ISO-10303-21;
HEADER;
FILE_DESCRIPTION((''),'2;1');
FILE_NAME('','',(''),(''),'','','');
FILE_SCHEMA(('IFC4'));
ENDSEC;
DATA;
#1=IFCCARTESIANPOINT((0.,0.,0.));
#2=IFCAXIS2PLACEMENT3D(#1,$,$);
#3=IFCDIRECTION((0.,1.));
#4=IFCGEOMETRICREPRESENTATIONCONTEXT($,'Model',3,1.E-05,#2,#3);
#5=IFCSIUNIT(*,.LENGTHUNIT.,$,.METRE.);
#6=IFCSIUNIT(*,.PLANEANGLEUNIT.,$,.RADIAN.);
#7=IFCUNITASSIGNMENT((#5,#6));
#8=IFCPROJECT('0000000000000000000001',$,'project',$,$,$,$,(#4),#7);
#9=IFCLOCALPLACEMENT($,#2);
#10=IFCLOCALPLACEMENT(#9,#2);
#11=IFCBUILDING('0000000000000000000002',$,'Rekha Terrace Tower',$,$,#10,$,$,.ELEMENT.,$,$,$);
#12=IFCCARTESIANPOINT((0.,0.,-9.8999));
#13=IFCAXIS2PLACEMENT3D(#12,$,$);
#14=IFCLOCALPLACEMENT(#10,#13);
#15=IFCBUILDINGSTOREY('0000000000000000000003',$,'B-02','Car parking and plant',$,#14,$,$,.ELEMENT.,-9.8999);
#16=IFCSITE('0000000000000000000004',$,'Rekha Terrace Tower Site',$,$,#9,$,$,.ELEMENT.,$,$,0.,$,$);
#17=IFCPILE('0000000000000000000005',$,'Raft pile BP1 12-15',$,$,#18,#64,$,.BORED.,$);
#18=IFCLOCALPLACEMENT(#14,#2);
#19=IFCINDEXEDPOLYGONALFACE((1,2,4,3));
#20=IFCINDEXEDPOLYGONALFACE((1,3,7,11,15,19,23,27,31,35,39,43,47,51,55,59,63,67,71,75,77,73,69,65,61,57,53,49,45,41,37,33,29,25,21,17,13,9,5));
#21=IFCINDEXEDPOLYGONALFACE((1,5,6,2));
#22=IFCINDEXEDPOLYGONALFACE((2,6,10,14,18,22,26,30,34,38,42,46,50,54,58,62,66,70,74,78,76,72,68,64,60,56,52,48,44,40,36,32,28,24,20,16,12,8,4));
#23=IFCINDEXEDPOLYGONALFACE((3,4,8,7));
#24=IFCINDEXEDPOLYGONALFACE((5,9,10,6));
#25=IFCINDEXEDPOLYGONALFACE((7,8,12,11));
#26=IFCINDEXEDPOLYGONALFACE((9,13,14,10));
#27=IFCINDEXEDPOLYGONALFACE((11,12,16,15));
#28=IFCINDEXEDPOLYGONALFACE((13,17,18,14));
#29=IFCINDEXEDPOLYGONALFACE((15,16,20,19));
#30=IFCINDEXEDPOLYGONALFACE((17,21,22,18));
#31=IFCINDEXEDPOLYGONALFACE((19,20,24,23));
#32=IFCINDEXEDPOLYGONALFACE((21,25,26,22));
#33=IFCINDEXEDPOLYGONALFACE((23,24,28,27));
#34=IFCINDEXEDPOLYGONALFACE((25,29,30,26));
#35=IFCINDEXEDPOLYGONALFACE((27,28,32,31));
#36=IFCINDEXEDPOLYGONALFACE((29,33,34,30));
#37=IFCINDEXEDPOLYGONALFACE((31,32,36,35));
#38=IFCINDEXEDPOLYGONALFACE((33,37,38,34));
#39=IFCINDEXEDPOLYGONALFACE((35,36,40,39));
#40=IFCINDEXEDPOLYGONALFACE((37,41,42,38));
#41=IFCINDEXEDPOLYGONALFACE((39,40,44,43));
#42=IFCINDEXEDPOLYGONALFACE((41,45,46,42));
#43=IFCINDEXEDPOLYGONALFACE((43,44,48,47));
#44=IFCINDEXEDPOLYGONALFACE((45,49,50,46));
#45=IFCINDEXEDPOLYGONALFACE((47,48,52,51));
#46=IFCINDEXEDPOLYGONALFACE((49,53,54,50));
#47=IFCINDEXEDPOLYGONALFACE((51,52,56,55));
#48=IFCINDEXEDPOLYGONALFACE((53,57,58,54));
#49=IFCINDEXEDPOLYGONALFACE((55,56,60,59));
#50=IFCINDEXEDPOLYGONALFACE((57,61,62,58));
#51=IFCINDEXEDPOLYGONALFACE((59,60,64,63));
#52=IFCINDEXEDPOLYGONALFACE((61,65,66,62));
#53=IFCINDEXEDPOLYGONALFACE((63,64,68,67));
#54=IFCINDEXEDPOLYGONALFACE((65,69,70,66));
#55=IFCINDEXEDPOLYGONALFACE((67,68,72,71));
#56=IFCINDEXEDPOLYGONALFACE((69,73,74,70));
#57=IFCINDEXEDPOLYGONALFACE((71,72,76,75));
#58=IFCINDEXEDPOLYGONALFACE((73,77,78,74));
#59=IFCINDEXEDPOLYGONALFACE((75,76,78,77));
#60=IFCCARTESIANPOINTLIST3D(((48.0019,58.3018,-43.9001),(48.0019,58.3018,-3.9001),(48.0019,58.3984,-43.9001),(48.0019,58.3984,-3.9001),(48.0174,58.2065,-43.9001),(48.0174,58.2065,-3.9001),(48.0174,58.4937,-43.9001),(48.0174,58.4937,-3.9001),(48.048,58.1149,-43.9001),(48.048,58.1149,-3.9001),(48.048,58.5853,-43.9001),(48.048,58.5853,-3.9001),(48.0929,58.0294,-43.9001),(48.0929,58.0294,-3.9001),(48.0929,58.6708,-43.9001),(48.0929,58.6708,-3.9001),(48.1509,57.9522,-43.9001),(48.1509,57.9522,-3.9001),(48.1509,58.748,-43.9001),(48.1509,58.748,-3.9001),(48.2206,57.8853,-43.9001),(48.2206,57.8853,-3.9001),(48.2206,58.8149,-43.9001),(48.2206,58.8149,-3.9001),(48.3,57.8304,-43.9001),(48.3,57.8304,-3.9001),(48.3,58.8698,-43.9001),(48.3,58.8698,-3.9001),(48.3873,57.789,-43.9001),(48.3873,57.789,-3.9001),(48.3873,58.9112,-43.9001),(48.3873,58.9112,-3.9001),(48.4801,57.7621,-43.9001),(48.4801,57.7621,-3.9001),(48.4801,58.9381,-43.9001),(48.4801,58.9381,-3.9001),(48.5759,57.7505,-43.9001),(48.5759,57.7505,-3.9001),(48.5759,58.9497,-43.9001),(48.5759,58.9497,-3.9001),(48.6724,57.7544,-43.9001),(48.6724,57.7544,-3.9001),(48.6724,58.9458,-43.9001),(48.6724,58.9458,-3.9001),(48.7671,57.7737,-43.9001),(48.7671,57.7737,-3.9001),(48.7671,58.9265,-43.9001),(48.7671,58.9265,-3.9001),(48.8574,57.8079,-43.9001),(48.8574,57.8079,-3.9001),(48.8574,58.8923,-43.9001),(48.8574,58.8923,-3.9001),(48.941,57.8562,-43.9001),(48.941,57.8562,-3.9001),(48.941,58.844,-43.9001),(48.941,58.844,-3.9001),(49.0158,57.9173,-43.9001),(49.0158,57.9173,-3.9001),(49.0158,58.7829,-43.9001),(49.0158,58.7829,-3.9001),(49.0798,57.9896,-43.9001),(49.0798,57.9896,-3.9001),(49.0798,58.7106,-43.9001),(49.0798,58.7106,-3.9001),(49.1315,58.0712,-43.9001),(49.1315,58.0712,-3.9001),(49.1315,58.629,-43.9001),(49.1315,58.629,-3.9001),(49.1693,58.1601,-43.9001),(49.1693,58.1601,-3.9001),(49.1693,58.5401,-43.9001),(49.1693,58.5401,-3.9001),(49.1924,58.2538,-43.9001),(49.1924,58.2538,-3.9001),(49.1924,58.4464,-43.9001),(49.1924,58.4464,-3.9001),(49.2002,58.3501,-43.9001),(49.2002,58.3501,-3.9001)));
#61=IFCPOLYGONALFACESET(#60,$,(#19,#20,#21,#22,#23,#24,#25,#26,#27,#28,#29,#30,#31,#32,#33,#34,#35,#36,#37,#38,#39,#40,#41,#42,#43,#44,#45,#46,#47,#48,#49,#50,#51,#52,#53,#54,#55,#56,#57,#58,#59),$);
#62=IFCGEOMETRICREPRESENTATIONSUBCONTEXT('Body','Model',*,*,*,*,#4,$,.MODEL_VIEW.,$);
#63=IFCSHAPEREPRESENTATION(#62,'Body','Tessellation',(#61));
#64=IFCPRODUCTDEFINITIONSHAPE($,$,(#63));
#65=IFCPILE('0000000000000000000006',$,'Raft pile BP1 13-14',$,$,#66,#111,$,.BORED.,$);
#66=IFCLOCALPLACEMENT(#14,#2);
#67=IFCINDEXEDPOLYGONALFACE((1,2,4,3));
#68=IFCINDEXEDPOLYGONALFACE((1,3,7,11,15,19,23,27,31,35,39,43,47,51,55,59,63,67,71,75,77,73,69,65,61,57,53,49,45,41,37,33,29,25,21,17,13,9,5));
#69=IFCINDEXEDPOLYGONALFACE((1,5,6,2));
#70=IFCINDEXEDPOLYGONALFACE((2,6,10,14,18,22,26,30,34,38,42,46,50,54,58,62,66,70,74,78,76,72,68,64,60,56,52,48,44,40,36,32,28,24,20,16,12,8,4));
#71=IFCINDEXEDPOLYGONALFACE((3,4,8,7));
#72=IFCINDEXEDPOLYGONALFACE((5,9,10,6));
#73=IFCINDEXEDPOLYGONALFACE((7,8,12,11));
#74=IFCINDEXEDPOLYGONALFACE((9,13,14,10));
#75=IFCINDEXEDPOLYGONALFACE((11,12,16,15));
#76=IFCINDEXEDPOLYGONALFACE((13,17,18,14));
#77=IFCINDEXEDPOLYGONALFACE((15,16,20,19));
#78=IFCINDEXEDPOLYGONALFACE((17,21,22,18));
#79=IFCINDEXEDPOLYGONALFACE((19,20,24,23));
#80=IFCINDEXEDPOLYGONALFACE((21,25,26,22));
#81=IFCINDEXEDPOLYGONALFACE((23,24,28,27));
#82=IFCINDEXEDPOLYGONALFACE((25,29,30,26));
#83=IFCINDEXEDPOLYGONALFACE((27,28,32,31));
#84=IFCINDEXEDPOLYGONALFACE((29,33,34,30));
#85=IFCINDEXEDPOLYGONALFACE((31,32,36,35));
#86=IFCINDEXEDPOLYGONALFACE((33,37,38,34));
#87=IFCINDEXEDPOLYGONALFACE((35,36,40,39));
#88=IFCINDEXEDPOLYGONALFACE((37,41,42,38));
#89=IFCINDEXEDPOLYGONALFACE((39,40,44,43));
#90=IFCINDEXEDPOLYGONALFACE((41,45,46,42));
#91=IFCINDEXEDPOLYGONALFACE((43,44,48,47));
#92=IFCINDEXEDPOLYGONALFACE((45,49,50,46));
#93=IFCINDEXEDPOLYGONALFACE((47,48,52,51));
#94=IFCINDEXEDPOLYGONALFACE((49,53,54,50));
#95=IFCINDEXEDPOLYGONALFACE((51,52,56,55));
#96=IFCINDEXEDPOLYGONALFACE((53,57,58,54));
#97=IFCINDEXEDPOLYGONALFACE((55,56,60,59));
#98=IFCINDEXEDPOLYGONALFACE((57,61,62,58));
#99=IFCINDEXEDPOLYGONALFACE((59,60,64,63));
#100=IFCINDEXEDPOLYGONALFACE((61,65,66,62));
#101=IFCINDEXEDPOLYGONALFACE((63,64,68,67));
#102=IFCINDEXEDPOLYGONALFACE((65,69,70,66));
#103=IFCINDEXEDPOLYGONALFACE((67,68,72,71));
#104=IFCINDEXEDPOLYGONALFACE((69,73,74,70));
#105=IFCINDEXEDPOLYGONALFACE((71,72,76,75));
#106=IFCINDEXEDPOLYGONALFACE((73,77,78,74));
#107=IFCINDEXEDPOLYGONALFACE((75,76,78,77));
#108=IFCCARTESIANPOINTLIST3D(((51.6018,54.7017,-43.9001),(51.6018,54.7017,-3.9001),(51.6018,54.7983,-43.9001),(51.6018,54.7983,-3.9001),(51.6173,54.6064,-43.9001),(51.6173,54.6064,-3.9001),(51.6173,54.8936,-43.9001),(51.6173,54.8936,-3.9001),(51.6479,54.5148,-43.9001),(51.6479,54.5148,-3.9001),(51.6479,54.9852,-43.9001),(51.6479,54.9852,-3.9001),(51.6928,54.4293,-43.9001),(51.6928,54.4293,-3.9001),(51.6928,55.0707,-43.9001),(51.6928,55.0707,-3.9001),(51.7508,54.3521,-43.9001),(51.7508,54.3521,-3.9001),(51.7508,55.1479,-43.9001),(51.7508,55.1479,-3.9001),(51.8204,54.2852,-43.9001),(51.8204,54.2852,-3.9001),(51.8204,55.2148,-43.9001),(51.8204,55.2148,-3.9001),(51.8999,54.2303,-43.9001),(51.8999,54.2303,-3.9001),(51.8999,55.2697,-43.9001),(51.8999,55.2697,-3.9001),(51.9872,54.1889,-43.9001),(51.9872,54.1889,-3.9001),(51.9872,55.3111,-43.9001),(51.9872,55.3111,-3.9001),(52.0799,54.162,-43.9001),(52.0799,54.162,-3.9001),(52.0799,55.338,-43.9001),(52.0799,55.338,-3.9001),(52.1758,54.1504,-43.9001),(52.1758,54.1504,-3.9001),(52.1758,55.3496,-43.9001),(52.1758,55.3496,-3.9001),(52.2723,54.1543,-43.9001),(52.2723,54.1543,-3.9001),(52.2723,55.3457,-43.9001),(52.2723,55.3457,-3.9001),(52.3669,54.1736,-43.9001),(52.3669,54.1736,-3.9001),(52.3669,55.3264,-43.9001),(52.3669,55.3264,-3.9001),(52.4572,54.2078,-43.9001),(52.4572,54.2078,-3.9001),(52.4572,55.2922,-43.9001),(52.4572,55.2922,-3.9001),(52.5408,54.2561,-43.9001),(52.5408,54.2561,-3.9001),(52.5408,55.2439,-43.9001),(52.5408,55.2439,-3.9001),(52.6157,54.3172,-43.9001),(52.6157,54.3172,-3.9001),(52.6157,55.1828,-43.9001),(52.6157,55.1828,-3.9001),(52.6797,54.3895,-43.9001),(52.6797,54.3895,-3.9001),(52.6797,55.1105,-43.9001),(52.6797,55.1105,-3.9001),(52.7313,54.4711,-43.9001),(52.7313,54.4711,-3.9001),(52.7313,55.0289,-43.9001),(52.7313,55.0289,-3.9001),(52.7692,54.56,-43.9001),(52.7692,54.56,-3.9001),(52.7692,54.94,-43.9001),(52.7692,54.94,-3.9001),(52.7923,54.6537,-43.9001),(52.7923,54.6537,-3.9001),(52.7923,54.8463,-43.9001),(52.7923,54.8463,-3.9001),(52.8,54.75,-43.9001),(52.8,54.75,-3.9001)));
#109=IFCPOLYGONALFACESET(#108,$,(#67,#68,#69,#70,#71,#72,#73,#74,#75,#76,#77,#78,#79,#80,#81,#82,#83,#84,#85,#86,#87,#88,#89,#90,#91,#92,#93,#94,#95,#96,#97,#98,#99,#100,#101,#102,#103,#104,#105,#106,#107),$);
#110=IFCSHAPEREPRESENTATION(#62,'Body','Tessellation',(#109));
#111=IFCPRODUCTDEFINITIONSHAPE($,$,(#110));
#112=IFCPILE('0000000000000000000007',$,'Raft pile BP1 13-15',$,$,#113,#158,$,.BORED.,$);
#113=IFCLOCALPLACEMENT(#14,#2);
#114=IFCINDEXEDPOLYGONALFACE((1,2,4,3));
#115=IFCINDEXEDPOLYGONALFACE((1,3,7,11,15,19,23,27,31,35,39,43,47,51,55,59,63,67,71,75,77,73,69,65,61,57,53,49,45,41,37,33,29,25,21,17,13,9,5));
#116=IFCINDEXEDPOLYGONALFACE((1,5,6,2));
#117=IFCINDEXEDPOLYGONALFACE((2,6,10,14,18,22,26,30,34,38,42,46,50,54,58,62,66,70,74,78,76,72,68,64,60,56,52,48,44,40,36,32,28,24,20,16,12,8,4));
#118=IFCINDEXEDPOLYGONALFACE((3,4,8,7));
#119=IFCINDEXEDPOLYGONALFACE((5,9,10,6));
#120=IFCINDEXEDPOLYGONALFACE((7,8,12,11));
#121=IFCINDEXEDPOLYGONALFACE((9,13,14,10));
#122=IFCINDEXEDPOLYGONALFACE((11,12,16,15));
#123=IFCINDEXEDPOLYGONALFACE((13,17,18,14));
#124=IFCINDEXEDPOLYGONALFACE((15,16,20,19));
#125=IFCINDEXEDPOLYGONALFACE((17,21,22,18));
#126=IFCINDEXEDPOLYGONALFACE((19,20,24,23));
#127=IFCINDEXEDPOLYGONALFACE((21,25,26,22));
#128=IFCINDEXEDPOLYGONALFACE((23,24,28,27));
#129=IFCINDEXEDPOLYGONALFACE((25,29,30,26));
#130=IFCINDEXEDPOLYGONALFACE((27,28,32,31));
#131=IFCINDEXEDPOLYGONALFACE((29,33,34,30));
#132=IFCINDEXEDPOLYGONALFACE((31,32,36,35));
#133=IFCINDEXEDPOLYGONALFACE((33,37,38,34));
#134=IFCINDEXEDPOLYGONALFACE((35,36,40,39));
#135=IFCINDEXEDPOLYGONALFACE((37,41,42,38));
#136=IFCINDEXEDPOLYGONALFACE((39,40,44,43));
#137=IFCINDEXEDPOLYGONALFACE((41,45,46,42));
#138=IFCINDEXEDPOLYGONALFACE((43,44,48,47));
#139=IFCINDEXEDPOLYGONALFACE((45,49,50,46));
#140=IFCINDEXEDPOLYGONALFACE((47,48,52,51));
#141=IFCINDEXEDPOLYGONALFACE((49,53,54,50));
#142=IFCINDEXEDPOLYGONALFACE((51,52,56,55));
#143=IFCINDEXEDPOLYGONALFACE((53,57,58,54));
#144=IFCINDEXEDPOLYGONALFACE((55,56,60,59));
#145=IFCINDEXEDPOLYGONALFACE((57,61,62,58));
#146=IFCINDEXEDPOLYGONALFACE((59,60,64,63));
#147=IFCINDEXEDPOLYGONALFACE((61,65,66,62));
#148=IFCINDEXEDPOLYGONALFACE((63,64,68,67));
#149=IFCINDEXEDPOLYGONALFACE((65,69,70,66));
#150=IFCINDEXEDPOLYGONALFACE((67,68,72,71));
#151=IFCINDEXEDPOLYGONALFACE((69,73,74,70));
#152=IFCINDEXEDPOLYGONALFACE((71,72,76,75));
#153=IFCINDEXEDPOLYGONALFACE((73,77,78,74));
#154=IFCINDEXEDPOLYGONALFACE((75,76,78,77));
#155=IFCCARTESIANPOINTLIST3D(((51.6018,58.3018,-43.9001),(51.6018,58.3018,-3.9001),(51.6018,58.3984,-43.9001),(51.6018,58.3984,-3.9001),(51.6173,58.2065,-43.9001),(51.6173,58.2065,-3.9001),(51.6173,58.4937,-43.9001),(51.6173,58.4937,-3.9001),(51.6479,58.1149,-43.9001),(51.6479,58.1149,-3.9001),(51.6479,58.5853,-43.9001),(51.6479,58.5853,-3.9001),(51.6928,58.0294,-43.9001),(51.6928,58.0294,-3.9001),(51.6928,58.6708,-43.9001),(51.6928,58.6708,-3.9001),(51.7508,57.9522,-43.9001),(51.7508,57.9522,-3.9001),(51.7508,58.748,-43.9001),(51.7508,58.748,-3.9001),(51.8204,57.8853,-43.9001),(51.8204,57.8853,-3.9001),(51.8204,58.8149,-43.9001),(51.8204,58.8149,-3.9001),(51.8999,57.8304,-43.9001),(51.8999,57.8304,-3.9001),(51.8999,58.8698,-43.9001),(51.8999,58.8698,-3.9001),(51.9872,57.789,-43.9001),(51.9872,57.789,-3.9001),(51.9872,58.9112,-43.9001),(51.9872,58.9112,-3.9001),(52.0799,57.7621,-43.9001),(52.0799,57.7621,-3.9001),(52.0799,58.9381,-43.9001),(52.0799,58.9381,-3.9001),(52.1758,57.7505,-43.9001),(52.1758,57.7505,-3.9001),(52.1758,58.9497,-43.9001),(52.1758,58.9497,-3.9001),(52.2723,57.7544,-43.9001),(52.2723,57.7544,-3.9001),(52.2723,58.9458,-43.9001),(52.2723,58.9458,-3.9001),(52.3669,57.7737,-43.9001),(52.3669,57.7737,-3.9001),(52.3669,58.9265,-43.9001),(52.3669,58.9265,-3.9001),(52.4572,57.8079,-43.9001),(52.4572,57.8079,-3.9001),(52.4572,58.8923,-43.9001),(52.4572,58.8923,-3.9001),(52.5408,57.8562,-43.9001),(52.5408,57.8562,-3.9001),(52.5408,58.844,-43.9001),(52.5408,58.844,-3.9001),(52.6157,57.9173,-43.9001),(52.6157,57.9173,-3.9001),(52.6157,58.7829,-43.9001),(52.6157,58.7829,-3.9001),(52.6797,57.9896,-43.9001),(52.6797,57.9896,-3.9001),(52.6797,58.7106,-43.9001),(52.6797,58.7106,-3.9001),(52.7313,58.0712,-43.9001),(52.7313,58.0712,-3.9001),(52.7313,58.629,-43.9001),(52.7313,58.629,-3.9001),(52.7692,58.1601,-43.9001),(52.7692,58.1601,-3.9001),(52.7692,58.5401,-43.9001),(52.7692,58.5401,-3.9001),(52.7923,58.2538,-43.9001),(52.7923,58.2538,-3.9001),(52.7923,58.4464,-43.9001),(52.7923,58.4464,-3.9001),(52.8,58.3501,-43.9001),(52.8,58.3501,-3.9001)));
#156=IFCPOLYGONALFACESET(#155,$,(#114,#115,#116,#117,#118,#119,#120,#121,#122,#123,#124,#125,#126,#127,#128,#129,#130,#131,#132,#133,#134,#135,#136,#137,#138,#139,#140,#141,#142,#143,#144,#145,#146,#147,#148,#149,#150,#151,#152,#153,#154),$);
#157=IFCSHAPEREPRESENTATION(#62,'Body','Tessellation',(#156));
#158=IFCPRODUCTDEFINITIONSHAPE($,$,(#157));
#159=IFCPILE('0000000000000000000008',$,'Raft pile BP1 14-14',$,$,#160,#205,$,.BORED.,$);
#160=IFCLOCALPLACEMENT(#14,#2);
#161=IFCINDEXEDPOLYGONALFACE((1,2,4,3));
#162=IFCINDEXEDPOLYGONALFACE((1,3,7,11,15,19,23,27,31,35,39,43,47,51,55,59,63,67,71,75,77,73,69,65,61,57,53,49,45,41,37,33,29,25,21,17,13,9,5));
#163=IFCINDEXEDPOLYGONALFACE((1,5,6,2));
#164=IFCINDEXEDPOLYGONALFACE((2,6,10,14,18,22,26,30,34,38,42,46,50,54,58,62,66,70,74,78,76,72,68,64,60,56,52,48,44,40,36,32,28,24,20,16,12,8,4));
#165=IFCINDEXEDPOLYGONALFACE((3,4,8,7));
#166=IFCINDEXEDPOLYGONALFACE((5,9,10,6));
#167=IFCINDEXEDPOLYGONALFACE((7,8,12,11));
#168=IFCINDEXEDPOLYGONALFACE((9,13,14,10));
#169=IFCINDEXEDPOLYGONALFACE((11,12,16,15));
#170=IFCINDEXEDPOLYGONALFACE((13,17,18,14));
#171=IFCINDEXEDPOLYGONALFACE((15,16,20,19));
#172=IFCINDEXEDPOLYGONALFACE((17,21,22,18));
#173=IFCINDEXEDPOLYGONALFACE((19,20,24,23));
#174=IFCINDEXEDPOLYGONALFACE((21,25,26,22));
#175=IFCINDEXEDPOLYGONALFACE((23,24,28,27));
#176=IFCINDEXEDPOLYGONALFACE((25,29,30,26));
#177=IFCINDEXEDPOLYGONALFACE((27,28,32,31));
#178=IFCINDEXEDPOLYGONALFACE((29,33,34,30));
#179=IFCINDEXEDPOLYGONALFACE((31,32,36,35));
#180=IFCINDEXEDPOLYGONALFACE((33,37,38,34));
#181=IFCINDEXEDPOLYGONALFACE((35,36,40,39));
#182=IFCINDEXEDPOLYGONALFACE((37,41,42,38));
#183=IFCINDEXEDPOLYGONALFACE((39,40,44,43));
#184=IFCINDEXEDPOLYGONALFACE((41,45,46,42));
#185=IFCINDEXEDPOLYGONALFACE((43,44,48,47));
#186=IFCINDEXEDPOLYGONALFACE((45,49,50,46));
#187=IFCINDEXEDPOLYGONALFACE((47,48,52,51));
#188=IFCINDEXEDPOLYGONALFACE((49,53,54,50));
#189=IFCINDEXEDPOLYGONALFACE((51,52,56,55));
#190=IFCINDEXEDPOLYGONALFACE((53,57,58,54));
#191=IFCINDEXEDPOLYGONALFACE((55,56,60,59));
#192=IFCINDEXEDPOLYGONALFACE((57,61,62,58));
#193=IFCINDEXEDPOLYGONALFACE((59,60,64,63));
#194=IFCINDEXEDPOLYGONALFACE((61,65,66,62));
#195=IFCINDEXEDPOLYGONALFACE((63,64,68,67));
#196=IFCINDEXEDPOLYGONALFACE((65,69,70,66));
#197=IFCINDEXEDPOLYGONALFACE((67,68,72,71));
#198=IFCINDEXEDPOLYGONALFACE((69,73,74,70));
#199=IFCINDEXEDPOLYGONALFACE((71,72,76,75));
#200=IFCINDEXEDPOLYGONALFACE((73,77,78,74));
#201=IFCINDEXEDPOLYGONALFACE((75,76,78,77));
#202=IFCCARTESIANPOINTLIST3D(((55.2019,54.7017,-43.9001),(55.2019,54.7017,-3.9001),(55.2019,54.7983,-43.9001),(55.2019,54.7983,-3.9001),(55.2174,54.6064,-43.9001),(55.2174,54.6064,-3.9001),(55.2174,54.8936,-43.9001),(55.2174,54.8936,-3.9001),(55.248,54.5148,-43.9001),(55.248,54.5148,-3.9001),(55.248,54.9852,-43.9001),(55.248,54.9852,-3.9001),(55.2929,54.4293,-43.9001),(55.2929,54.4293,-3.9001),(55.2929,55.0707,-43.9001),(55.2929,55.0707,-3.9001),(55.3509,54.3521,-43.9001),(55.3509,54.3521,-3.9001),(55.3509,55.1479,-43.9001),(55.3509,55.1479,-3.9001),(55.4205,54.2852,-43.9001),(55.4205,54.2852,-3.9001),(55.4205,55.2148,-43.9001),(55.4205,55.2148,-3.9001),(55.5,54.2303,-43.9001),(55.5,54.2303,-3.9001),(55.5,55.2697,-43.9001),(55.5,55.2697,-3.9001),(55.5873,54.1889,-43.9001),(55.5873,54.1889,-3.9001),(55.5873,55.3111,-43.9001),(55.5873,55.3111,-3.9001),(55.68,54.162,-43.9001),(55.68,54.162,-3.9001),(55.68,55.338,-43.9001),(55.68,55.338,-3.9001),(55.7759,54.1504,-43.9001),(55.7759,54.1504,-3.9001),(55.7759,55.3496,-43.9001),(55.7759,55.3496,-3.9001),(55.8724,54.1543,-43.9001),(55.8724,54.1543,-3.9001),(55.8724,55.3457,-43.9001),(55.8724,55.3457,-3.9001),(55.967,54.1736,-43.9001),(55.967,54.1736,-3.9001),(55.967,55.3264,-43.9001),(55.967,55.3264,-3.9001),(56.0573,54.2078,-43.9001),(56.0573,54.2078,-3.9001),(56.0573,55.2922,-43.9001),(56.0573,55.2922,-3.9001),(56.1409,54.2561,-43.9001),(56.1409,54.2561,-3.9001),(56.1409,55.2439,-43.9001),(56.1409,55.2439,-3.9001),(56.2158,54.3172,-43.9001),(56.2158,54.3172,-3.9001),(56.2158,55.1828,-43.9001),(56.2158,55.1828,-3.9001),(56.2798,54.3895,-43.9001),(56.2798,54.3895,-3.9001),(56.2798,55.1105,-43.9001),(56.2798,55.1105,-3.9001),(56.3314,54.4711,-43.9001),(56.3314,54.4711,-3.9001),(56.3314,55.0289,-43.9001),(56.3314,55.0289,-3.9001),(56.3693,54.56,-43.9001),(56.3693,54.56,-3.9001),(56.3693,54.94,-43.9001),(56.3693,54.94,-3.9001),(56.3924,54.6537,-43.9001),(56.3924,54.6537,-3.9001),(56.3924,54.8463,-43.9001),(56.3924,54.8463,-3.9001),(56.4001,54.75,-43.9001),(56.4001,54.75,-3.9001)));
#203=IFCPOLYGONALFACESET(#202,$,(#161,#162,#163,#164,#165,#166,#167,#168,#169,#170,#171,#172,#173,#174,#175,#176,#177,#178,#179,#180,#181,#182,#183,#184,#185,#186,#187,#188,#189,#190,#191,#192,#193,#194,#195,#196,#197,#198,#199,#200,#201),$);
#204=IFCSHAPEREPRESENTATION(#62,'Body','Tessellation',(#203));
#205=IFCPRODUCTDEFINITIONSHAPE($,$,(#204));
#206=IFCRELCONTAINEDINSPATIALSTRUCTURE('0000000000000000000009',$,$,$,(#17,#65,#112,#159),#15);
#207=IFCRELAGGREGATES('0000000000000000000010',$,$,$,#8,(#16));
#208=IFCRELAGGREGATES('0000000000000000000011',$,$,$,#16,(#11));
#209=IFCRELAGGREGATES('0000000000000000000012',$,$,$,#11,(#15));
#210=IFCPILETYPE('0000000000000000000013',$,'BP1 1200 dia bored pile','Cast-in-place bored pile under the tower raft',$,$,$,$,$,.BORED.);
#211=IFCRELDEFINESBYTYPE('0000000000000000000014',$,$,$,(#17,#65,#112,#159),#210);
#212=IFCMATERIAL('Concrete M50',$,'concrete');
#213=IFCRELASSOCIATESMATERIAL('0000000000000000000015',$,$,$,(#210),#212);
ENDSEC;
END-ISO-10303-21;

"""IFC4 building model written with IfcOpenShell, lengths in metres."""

from ifc_helpers import new_model, si_unit, direction, frame, origin, origin_2d, place, context, subcontext, project, spatial, circle, extrude, material, type_object, element, save


model = new_model("IFC4")

# Units and contexts
model_context = context("Model", 3, precision=1e-05, world=origin(), true_north=direction((0.0, 1.0)))
body_context = subcontext(model_context, "Body", "Model", "MODEL_VIEW")
ifc_project = project(units=[si_unit("LENGTHUNIT", "METRE"), si_unit("PLANEANGLEUNIT", "RADIAN")], contexts=[model_context])

# Site, building, storey
site_placement = place(None, origin())
site = spatial("IfcSite", under=ifc_project, at=site_placement, Name="Rekha Terrace Tower Site", CompositionType="ELEMENT", RefElevation=0.0)
building_placement = place(site_placement, origin())
building = spatial("IfcBuilding", under=site, at=building_placement, Name="Rekha Terrace Tower", CompositionType="ELEMENT")
storey_placement = place(building_placement, frame((0.0, 0.0, -9.8999)))
storey = spatial("IfcBuildingStorey", under=building, at=storey_placement, Name="B-02", Description="Car parking and plant", CompositionType="ELEMENT", Elevation=-9.8999)

# Piles
ifc_material_1 = material(Name="Concrete M50", Category="concrete")
pile_type_1 = type_object("IfcPileType", Name="BP1 1200 dia bored pile", Description="Cast-in-place bored pile under the tower raft", PredefinedType="BORED", material=ifc_material_1)
for number, where, z_axis, x_axis, name in (
    (1, (48.6001, 58.3501, -3.9001), (0.0, 0.0, -1.0), (1.0, 0.0, 0.0), "Raft pile BP1 12-15"),
    (2, (52.2, 54.75, -3.9001), (0.0, 0.0, -1.0), (1.0, 0.0, 0.0), "Raft pile BP1 13-14"),
    (3, (52.2, 58.3501, -3.9001), (0.0, 0.0, -1.0), (1.0, 0.0, 0.0), "Raft pile BP1 13-15"),
    (4, (55.8, 54.75, -3.9001), (0.0, 0.0, -1.0), (1.0, 0.0, 0.0), "Raft pile BP1 14-14"),
):
    element("IfcPile", number, at=place(storey_placement, frame(where, z_axis=z_axis, x_axis=x_axis)), inside=storey, type_object=pile_type_1, Name=name, PredefinedType="BORED", context=body_context, shape_type="SweptSolid", body=[
        extrude(circle(Radius=0.6001, at=origin_2d()), origin(), (0.0, 0.0, 1.0), 40.0),
    ])

save(model, "model.ifc")
